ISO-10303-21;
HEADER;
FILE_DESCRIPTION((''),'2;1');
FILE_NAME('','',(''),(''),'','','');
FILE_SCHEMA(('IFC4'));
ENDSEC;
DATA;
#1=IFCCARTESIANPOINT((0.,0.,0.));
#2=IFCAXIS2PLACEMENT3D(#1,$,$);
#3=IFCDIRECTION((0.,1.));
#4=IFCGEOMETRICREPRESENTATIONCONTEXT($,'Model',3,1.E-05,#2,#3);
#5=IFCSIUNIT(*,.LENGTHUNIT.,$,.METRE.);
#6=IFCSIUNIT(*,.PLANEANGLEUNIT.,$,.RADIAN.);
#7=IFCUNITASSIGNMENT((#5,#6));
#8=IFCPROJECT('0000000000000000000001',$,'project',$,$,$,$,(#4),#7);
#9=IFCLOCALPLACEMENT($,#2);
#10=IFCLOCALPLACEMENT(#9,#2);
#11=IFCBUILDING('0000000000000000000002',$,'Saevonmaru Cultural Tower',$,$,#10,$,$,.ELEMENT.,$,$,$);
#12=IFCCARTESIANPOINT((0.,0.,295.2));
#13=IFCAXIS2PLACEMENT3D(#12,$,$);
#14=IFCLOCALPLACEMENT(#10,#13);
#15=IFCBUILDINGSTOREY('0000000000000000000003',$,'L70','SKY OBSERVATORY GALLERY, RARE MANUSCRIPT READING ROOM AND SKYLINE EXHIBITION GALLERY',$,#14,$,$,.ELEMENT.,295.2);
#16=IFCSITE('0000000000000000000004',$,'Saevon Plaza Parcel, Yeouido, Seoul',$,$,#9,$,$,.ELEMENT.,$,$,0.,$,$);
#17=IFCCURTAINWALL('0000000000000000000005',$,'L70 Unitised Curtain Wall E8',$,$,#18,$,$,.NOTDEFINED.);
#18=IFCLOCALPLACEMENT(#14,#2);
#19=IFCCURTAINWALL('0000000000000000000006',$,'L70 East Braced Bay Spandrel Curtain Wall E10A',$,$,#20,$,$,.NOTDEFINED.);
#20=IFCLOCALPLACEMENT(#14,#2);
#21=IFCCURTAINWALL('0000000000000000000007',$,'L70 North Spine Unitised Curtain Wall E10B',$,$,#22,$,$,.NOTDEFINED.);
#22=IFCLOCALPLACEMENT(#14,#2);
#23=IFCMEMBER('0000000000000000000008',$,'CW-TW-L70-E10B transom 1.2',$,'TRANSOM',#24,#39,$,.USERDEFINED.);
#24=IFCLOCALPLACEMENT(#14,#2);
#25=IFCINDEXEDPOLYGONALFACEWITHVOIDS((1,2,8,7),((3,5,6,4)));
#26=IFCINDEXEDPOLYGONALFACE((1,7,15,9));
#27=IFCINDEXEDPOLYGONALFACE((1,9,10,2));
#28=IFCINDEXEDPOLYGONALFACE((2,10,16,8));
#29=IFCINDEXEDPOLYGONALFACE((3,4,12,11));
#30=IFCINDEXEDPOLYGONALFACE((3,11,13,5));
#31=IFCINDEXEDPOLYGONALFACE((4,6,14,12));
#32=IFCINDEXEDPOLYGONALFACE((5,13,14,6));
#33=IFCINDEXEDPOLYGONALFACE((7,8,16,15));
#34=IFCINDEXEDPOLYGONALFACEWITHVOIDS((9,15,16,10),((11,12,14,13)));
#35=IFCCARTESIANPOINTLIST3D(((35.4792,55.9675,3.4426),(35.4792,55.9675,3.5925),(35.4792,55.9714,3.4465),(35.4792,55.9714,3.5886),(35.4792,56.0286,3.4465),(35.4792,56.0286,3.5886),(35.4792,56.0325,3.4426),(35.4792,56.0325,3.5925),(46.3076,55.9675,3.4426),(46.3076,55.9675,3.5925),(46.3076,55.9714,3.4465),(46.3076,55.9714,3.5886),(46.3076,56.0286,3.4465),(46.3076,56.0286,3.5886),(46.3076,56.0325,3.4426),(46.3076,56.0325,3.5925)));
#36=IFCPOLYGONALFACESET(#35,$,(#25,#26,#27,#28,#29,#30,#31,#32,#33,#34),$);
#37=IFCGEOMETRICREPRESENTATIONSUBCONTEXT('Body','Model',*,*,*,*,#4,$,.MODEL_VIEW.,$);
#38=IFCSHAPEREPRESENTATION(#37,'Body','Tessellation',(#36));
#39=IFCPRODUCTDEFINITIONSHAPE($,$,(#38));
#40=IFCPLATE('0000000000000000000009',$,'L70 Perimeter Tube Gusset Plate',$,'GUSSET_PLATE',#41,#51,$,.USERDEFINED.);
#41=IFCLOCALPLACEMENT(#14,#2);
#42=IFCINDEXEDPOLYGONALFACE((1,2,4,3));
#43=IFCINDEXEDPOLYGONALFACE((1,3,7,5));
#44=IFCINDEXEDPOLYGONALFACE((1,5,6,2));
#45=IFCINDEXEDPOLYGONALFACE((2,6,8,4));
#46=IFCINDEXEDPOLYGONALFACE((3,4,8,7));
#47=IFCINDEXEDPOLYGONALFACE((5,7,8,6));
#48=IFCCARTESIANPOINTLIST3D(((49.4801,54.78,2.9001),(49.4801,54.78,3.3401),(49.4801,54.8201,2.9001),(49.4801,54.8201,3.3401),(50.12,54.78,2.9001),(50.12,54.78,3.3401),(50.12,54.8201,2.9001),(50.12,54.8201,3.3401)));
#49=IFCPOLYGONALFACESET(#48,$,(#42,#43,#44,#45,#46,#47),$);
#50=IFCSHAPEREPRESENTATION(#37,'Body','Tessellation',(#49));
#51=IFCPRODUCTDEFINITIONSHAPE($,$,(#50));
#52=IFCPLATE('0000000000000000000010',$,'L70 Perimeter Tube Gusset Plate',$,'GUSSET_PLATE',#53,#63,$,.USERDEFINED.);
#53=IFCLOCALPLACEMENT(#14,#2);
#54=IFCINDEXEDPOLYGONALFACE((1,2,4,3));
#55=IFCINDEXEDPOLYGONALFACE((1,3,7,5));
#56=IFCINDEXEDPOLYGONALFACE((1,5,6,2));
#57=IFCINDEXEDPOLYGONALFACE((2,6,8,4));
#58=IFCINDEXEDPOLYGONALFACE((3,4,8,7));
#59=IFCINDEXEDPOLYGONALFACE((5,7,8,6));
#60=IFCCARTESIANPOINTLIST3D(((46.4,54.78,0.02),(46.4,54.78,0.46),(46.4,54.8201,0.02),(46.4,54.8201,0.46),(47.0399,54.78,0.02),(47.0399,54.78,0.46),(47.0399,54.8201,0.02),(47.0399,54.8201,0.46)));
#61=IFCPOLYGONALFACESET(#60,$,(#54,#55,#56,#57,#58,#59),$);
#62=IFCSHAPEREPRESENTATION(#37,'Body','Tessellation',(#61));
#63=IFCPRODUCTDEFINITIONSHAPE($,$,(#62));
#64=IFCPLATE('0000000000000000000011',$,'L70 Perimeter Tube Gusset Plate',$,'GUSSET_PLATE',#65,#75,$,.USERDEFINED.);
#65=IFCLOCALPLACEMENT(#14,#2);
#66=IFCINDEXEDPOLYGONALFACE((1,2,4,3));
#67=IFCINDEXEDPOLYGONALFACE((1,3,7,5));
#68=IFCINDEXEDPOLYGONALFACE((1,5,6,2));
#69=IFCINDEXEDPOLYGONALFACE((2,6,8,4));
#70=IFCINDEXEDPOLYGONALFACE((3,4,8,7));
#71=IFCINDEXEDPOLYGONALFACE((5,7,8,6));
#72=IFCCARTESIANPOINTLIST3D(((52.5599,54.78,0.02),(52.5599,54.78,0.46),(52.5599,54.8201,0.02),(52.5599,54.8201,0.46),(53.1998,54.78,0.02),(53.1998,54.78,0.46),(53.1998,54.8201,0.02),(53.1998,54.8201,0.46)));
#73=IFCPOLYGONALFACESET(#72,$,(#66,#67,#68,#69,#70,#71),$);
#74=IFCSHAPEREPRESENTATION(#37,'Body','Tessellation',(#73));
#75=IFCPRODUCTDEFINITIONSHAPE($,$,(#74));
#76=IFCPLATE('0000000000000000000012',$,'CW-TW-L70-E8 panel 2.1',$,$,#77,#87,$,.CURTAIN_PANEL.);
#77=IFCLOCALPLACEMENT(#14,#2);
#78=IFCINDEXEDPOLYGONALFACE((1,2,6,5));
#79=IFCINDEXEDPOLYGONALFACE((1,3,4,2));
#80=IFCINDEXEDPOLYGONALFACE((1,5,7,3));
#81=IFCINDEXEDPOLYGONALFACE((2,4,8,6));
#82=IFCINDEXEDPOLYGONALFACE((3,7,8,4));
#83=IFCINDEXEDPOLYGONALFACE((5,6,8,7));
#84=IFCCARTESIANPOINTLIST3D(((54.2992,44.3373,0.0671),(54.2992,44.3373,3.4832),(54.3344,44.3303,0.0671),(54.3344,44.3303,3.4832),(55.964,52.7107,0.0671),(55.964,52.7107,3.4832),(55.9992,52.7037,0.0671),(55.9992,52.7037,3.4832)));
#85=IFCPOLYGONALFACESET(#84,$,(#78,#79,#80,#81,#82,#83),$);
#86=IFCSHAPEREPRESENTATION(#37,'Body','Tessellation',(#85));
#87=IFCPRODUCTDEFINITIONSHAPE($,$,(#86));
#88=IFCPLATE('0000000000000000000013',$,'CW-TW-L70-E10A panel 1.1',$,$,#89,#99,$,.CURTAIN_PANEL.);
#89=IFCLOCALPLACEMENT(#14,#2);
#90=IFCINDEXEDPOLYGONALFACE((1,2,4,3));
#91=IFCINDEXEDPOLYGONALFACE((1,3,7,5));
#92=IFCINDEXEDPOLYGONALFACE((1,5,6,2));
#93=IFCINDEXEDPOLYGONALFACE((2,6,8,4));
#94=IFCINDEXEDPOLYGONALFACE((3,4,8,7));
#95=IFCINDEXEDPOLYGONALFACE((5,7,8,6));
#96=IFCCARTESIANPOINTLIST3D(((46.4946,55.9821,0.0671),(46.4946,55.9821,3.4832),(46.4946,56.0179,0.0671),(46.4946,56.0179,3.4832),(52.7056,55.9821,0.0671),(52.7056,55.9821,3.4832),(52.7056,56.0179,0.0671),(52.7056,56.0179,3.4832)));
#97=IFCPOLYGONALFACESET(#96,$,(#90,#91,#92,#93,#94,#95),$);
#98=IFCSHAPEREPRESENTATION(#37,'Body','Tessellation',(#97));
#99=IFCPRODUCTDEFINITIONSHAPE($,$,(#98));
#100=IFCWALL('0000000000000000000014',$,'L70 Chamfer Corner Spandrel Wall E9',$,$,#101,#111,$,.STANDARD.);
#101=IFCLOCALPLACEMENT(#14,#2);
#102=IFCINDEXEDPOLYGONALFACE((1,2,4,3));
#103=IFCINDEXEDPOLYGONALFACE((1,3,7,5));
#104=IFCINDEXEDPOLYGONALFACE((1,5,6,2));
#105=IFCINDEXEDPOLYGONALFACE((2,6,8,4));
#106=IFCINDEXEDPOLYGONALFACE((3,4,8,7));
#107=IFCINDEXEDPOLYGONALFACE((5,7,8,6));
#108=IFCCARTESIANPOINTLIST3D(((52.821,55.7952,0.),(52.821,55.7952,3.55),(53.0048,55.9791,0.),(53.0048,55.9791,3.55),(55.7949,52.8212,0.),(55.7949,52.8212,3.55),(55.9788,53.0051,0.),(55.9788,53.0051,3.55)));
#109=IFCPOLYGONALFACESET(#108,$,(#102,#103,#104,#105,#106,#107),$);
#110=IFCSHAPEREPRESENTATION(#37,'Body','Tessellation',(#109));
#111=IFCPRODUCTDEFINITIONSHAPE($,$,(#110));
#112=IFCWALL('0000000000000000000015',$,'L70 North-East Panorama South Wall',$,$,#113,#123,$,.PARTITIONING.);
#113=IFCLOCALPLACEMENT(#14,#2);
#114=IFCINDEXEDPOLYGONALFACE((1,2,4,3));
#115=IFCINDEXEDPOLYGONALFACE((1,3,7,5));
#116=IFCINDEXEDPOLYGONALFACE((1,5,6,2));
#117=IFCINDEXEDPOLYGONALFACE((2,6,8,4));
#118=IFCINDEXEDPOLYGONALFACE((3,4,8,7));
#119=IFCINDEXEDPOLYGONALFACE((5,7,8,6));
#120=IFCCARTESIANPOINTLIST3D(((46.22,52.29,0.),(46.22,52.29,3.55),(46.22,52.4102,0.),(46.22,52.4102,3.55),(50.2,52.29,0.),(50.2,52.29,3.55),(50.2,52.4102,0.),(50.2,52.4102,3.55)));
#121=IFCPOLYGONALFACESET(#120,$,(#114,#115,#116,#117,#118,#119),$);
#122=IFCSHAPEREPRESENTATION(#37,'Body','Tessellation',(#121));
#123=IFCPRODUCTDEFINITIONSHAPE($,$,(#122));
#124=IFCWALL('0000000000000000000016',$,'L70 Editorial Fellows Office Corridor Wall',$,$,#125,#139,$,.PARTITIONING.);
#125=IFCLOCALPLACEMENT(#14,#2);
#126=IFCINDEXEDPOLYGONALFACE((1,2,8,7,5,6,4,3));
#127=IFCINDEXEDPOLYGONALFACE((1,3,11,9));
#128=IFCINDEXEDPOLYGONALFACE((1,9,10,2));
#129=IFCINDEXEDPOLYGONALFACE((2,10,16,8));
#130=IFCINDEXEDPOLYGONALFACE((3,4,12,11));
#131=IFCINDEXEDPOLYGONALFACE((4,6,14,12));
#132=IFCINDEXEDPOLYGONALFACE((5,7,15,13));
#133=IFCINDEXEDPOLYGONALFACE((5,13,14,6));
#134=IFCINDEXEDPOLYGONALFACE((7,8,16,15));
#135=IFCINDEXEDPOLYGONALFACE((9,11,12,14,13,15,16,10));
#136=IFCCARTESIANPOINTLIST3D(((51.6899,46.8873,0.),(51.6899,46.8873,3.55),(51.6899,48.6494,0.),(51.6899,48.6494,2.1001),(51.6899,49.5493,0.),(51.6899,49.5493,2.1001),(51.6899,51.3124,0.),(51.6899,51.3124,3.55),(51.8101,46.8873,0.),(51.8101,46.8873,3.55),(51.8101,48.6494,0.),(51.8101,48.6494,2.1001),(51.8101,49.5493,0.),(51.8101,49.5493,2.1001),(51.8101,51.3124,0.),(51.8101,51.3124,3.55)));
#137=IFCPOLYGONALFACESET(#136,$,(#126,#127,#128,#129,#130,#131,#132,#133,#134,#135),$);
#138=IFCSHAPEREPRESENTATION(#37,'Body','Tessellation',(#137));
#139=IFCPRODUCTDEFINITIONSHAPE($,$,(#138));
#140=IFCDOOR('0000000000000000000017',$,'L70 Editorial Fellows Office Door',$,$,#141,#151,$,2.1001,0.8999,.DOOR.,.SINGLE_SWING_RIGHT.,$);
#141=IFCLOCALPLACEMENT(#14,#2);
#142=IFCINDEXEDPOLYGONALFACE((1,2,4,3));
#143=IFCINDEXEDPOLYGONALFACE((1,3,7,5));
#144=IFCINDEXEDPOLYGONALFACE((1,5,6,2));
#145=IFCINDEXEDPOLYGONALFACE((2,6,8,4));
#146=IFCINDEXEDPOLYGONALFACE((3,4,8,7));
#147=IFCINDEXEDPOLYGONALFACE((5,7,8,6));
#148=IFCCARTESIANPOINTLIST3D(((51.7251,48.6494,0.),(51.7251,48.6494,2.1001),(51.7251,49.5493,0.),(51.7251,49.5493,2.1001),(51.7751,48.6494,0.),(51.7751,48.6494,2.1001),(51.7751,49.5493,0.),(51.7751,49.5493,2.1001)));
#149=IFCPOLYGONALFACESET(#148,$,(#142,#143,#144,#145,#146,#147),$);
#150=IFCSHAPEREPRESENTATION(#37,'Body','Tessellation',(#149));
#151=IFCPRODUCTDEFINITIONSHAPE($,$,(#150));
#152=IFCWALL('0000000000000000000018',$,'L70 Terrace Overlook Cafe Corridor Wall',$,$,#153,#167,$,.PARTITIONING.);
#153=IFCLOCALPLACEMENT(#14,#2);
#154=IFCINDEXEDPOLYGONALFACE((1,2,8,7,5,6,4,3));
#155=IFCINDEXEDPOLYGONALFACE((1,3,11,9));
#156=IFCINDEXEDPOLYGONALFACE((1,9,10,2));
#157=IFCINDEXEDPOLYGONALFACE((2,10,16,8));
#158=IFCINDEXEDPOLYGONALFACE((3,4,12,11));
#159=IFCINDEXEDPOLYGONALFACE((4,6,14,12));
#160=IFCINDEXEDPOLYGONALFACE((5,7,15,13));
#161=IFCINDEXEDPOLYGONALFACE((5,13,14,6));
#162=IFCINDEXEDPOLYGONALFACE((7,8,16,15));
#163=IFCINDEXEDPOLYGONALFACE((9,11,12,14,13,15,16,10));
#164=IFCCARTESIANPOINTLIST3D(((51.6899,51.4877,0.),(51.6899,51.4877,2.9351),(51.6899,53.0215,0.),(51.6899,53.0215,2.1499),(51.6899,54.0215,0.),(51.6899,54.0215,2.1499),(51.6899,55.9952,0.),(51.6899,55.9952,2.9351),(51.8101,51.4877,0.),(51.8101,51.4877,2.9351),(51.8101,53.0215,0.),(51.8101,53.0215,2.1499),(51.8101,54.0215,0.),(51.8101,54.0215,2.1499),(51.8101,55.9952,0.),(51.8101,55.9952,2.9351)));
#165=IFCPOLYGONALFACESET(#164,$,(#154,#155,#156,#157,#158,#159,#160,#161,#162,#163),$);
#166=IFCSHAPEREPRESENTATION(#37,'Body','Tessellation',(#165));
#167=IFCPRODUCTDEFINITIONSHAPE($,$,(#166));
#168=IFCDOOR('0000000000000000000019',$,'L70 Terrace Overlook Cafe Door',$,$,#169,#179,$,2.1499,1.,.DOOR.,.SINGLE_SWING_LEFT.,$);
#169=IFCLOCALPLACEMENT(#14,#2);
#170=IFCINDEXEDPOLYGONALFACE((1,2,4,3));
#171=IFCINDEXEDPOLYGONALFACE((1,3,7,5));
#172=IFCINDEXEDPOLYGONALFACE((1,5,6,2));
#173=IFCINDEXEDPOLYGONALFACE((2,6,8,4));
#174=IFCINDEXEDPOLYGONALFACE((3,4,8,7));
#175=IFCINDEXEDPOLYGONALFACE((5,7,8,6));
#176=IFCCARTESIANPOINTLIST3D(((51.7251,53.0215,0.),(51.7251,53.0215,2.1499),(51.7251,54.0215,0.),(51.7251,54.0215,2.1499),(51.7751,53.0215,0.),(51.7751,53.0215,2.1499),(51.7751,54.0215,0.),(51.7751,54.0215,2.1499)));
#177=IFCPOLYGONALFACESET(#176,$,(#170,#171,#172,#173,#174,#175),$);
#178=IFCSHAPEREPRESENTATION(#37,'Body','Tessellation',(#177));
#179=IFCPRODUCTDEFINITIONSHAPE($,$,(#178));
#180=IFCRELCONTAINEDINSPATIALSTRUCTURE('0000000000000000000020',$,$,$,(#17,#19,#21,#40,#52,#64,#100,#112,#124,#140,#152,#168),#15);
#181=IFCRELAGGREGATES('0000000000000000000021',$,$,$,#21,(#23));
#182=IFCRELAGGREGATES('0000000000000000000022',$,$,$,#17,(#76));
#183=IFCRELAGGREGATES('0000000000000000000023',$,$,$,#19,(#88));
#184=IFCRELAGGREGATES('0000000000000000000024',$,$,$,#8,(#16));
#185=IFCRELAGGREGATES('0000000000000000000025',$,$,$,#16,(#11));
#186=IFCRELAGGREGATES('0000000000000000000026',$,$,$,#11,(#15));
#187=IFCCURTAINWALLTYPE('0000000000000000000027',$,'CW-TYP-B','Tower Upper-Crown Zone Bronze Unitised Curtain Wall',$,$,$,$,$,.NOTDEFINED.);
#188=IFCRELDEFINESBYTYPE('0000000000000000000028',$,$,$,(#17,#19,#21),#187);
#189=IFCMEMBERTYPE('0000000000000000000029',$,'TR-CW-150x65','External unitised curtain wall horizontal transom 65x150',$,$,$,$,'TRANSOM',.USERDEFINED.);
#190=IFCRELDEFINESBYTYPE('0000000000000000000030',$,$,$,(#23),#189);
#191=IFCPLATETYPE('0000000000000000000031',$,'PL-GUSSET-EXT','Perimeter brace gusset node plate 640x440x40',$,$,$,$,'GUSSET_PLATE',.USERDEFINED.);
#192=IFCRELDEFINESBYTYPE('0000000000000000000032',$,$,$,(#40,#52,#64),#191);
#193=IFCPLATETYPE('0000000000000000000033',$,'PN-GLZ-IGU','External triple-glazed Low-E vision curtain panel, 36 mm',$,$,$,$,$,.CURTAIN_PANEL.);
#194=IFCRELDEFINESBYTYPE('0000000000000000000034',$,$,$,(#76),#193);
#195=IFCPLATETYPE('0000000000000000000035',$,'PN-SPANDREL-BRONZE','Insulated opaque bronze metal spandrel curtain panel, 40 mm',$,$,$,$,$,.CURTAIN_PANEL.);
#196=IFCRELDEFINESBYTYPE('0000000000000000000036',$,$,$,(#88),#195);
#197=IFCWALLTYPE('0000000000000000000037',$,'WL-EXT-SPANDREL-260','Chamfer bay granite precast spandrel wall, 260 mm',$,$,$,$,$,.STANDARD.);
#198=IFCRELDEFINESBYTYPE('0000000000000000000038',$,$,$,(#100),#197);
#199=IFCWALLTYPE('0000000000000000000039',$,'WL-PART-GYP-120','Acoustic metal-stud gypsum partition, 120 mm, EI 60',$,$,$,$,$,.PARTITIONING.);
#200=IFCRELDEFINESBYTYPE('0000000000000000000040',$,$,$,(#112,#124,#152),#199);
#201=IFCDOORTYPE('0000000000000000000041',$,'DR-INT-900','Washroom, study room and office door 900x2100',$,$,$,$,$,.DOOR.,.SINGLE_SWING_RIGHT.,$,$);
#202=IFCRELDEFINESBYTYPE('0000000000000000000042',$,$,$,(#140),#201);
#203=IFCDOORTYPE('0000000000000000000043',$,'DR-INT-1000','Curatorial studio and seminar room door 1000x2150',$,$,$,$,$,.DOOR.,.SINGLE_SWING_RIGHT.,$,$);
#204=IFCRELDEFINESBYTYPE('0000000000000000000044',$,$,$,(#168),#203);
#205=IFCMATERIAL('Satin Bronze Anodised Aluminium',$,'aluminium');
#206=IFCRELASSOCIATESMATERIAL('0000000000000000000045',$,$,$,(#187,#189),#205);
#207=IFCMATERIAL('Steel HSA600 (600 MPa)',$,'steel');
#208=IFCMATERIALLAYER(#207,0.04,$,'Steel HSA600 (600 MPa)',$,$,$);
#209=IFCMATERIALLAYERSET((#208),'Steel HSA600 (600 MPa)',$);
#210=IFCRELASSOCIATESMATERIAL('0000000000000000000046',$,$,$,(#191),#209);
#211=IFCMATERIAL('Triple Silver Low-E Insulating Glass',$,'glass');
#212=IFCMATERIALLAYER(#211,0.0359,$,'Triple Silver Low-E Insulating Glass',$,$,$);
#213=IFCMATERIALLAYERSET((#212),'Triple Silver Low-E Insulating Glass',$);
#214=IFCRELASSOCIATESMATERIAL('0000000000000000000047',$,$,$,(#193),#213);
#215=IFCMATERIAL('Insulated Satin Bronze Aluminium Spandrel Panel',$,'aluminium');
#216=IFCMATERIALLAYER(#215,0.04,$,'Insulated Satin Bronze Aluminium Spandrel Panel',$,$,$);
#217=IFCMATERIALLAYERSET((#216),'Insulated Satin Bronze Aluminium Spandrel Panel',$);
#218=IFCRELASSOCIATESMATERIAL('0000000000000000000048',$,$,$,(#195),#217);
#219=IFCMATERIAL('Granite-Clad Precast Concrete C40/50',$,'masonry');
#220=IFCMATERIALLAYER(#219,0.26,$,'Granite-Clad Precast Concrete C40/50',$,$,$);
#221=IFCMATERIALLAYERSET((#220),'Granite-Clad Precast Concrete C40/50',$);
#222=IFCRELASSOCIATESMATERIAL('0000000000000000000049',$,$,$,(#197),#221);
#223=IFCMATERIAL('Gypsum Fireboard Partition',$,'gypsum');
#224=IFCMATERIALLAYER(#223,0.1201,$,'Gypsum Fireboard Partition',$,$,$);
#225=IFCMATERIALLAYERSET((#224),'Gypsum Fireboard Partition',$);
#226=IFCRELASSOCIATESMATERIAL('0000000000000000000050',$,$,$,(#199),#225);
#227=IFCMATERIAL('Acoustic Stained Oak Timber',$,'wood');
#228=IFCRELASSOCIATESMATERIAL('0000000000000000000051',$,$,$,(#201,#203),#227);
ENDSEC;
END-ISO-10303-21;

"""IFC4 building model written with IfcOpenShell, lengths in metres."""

from ifc_helpers import new_model, si_unit, direction, frame, frame_2d, origin, origin_2d, place, context, subcontext, project, spatial, rectangle, hollow_rectangle, extrude, material, layer, layer_set, material_profile, profile_set, type_object, element, fill, aggregate, save


model = new_model("IFC4")

# Units and contexts
model_context = context("Model", 3, precision=1e-05, world=origin(), true_north=direction((0.0, 1.0)))
body_context = subcontext(model_context, "Body", "Model", "MODEL_VIEW")
ifc_project = project(units=[si_unit("LENGTHUNIT", "METRE"), si_unit("PLANEANGLEUNIT", "RADIAN")], contexts=[model_context])

# Site, building, storey
site_placement = place(None, origin())
site = spatial("IfcSite", under=ifc_project, at=site_placement, Name="Saevon Plaza Parcel, Yeouido, Seoul", CompositionType="ELEMENT", RefElevation=0.0)
building_placement = place(site_placement, origin())
building = spatial("IfcBuilding", under=site, at=building_placement, Name="Saevonmaru Cultural Tower", CompositionType="ELEMENT")
storey_placement = place(building_placement, frame((0.0, 0.0, 295.2)))
storey = spatial("IfcBuildingStorey", under=building, at=storey_placement, Name="L70", Description="SKY OBSERVATORY GALLERY, RARE MANUSCRIPT READING ROOM AND SKYLINE EXHIBITION GALLERY", CompositionType="ELEMENT", Elevation=295.2)

# Curtain wall
ifc_material_1 = material(Name="Satin Bronze Anodised Aluminium", Category="aluminium")
curtain_wall_type = type_object("IfcCurtainWallType", Name="CW-TYP-B", Description="Tower Upper-Crown Zone Bronze Unitised Curtain Wall", PredefinedType="NOTDEFINED", material=ifc_material_1)
curtain_wall_1_placement = place(storey_placement, origin())
curtain_wall_1 = element("IfcCurtainWall", 1, at=curtain_wall_1_placement, inside=storey, type_object=curtain_wall_type, Name="L70 Unitised Curtain Wall E8", PredefinedType="NOTDEFINED")

# Curtain wall
curtain_wall_2_placement = place(storey_placement, origin())
curtain_wall_2 = element("IfcCurtainWall", 2, at=curtain_wall_2_placement, inside=storey, type_object=curtain_wall_type, Name="L70 East Braced Bay Spandrel Curtain Wall E10A", PredefinedType="NOTDEFINED")

# Curtain wall
curtain_wall_3_placement = place(storey_placement, origin())
curtain_wall_3 = element("IfcCurtainWall", 3, at=curtain_wall_3_placement, inside=storey, type_object=curtain_wall_type, Name="L70 North Spine Unitised Curtain Wall E10B", PredefinedType="NOTDEFINED")

# Member
ifc_material_profile_1 = material_profile(ifc_material_1, hollow_rectangle(XDim=0.0649, YDim=0.1499, WallThickness=0.0039, at=origin_2d()), Name="ALU-TRAN-150x65x4")
ifc_profile_set_1 = profile_set([ifc_material_profile_1], Name="Satin Bronze Anodised Aluminium")
member_type_1 = type_object("IfcMemberType", Name="TR-CW-150x65", Description="External unitised curtain wall horizontal transom 65x150", ElementType="TRANSOM", PredefinedType="USERDEFINED", material=ifc_profile_set_1)
member_1_placement = place(storey_placement, frame((46.3076, 56.0, 3.5176), z_axis=(-1.0, 0.0, 0.0), x_axis=(0.0, -1.0, 0.0)))
member_1 = element("IfcMember", 4, at=member_1_placement, type_object=member_type_1, Name="CW-TW-L70-E10B transom 1.2", ObjectType="TRANSOM", PredefinedType="USERDEFINED", context=body_context, shape_type="SweptSolid", body=[
    extrude(hollow_rectangle(XDim=0.0649, YDim=0.1499, WallThickness=0.0039, at=origin_2d()), origin(), (0.0, 0.0, 1.0), 10.8284),
])
aggregate(curtain_wall_3, [member_1])

# Plates
ifc_material_2 = material(Name="Steel HSA600 (600 MPa)", Category="steel")
ifc_layer_1 = layer(ifc_material_2, 0.04, Name="Steel HSA600 (600 MPa)")
ifc_layer_set_1 = layer_set([ifc_layer_1], Name="Steel HSA600 (600 MPa)")
plate_type_1 = type_object("IfcPlateType", Name="PL-GUSSET-EXT", Description="Perimeter brace gusset node plate 640x440x40", ElementType="GUSSET_PLATE", PredefinedType="USERDEFINED", material=ifc_layer_set_1)
for number, where, z_axis, x_axis, name in (
    (5, (49.8, 54.8, 2.9001), (0.0, 0.0, 1.0), (1.0, 0.0, 0.0), "L70 Perimeter Tube Gusset Plate"),
    (6, (46.72, 54.8, 0.02), (0.0, 0.0, 1.0), (1.0, 0.0, 0.0), "L70 Perimeter Tube Gusset Plate"),
    (7, (52.8799, 54.8, 0.02), (0.0, 0.0, 1.0), (1.0, 0.0, 0.0), "L70 Perimeter Tube Gusset Plate"),
):
    element("IfcPlate", number, at=place(storey_placement, frame(where, z_axis=z_axis, x_axis=x_axis)), inside=storey, type_object=plate_type_1, Name=name, ObjectType="GUSSET_PLATE", PredefinedType="USERDEFINED", context=body_context, shape_type="SweptSolid", body=[
        extrude(rectangle(XDim=0.6399, YDim=0.04, at=origin_2d()), origin(), (0.0, 0.0, 1.0), 0.4399),
    ])

# Plates
ifc_material_3 = material(Name="Triple Silver Low-E Insulating Glass", Category="glass")
ifc_layer_2 = layer(ifc_material_3, 0.0359, Name="Triple Silver Low-E Insulating Glass")
ifc_layer_set_2 = layer_set([ifc_layer_2], Name="Triple Silver Low-E Insulating Glass")
plate_type_2 = type_object("IfcPlateType", Name="PN-GLZ-IGU", Description="External triple-glazed Low-E vision curtain panel, 36 mm", PredefinedType="CURTAIN_PANEL", material=ifc_layer_set_2)
plate_1_placement = place(storey_placement, frame((55.1492, 48.5205, 0.0671), z_axis=(0.0, 0.0, 1.0), x_axis=(0.195005, 0.980802, 0.0)))
plate_1 = element("IfcPlate", 8, at=plate_1_placement, type_object=plate_type_2, Name="CW-TW-L70-E8 panel 2.1", PredefinedType="CURTAIN_PANEL", context=body_context, shape_type="SweptSolid", body=[
    extrude(rectangle(XDim=8.5374, YDim=0.0359, at=origin_2d()), origin(), (0.0, 0.0, 1.0), 3.416),
])
aggregate(curtain_wall_1, [plate_1])
ifc_material_4 = material(Name="Insulated Satin Bronze Aluminium Spandrel Panel", Category="aluminium")
ifc_layer_3 = layer(ifc_material_4, 0.04, Name="Insulated Satin Bronze Aluminium Spandrel Panel")
ifc_layer_set_3 = layer_set([ifc_layer_3], Name="Insulated Satin Bronze Aluminium Spandrel Panel")
plate_type_3 = type_object("IfcPlateType", Name="PN-SPANDREL-BRONZE", Description="Insulated opaque bronze metal spandrel curtain panel, 40 mm", PredefinedType="CURTAIN_PANEL", material=ifc_layer_set_3)
plate_2_placement = place(storey_placement, frame((49.6001, 56.0, 0.0671), z_axis=(0.0, 0.0, 1.0), x_axis=(-1.0, 0.0, 0.0)))
plate_2 = element("IfcPlate", 9, at=plate_2_placement, type_object=plate_type_3, Name="CW-TW-L70-E10A panel 1.1", PredefinedType="CURTAIN_PANEL", context=body_context, shape_type="SweptSolid", body=[
    extrude(rectangle(XDim=6.2109, YDim=0.0359, at=origin_2d()), origin(), (0.0, 0.0, 1.0), 3.416),
])
aggregate(curtain_wall_2, [plate_2])

# Wall
ifc_material_5 = material(Name="Granite-Clad Precast Concrete C40/50", Category="masonry")
ifc_layer_4 = layer(ifc_material_5, 0.26, Name="Granite-Clad Precast Concrete C40/50")
ifc_layer_set_4 = layer_set([ifc_layer_4], Name="Granite-Clad Precast Concrete C40/50")
wall_type_1 = type_object("IfcWallType", Name="WL-EXT-SPANDREL-260", Description="Chamfer bay granite precast spandrel wall, 260 mm", PredefinedType="STANDARD", material=ifc_layer_set_4)
wall_1_placement = place(storey_placement, frame((55.887, 52.9131, 0.0), z_axis=(0.0, 0.0, 1.0), x_axis=(-0.707107, 0.707107, 0.0)))
element("IfcWall", 10, at=wall_1_placement, inside=storey, type_object=wall_type_1, Name="L70 Chamfer Corner Spandrel Wall E9", PredefinedType="STANDARD", context=body_context, shape_type="SweptSolid", body=[
    extrude(rectangle(XDim=4.2058, YDim=0.26, at=frame_2d((2.103, 0.0))), origin(), (0.0, 0.0, 1.0), 3.55),
])

# Shared definitions
ifc_material_6 = material(Name="Gypsum Fireboard Partition", Category="gypsum")

# Wall
ifc_layer_5 = layer(ifc_material_6, 0.1201, Name="Gypsum Fireboard Partition")
ifc_layer_set_5 = layer_set([ifc_layer_5], Name="Gypsum Fireboard Partition")
wall_type_2 = type_object("IfcWallType", Name="WL-PART-GYP-120", Description="Acoustic metal-stud gypsum partition, 120 mm, EI 60", PredefinedType="PARTITIONING", material=ifc_layer_set_5)
wall_2_placement = place(storey_placement, frame((46.22, 52.3501, 0.0), z_axis=(0.0, 0.0, 1.0), x_axis=(1.0, 0.0, 0.0)))
element("IfcWall", 11, at=wall_2_placement, inside=storey, type_object=wall_type_2, Name="L70 North-East Panorama South Wall", PredefinedType="PARTITIONING", context=body_context, shape_type="SweptSolid", body=[
    extrude(rectangle(XDim=3.98, YDim=0.1201, at=frame_2d((1.99, 0.0))), origin(), (0.0, 0.0, 1.0), 3.55),
])

# Walls, openings, doors
wall_3_placement = place(storey_placement, frame((51.75, 46.8875, 0.0), z_axis=(0.0, 0.0, 1.0), x_axis=(0.0, 1.0, 0.0)))
wall_3 = element("IfcWall", 12, at=wall_3_placement, inside=storey, type_object=wall_type_2, Name="L70 Editorial Fellows Office Corridor Wall", PredefinedType="PARTITIONING", context=body_context, shape_type="SweptSolid", body=[
    extrude(rectangle(XDim=4.425, YDim=0.1201, at=frame_2d((2.2124, 0.0))), origin(), (0.0, 0.0, 1.0), 3.55),
])
opening_1_placement = place(wall_3_placement, frame((1.762, 0.0, 0.0)))
opening_1 = element("IfcOpeningElement", 13, at=opening_1_placement, cuts=wall_3, PredefinedType="OPENING", context=body_context, shape_type="SweptSolid", body=[
    extrude(rectangle(XDim=0.8999, YDim=2.1001, at=frame_2d((0.45, 1.05))), frame((0.0, 0.0701, 0.0), z_axis=(0.0, -1.0, 0.0), x_axis=(1.0, 0.0, 0.0)), (0.0, 0.0, 1.0), 0.1401),
])
ifc_material_7 = material(Name="Acoustic Stained Oak Timber", Category="wood")
door_type_1 = type_object("IfcDoorType", Name="DR-INT-900", Description="Washroom, study room and office door 900x2100", OperationType="SINGLE_SWING_RIGHT", PredefinedType="DOOR", material=ifc_material_7)
door_1_placement = place(opening_1_placement, origin())
door_1 = element("IfcDoor", 14, at=door_1_placement, inside=storey, type_object=door_type_1, Name="L70 Editorial Fellows Office Door", OperationType="SINGLE_SWING_RIGHT", OverallHeight=2.1001, OverallWidth=0.8999, PredefinedType="DOOR", context=body_context, shape_type="SweptSolid", body=[
    extrude(rectangle(XDim=0.8999, YDim=2.1001, at=frame_2d((0.45, 1.05))), frame((0.0, 0.0249, 0.0), z_axis=(0.0, -1.0, 0.0), x_axis=(1.0, 0.0, 0.0)), (0.0, 0.0, 1.0), 0.05),
])
fill(opening_1, door_1)
wall_4_placement = place(storey_placement, frame((51.75, 51.4875, 0.0), z_axis=(0.0, 0.0, 1.0), x_axis=(0.0, 1.0, 0.0)))
wall_4 = element("IfcWall", 15, at=wall_4_placement, inside=storey, type_object=wall_type_2, Name="L70 Terrace Overlook Cafe Corridor Wall", PredefinedType="PARTITIONING", context=body_context, shape_type="SweptSolid", body=[
    extrude(rectangle(XDim=4.5076, YDim=0.1201, at=frame_2d((2.2539, 0.0))), origin(), (0.0, 0.0, 1.0), 2.9351),
])
opening_2_placement = place(wall_4_placement, frame((1.5339, 0.0, 0.0)))
opening_2 = element("IfcOpeningElement", 16, at=opening_2_placement, cuts=wall_4, PredefinedType="OPENING", context=body_context, shape_type="SweptSolid", body=[
    extrude(rectangle(XDim=1.0, YDim=2.1499, at=frame_2d((0.5, 1.075))), frame((0.0, 0.0701, 0.0), z_axis=(0.0, -1.0, 0.0), x_axis=(1.0, 0.0, 0.0)), (0.0, 0.0, 1.0), 0.1401),
])
door_type_2 = type_object("IfcDoorType", Name="DR-INT-1000", Description="Curatorial studio and seminar room door 1000x2150", OperationType="SINGLE_SWING_RIGHT", PredefinedType="DOOR", material=ifc_material_7)
door_2_placement = place(opening_2_placement, origin())
door_2 = element("IfcDoor", 17, at=door_2_placement, inside=storey, type_object=door_type_2, Name="L70 Terrace Overlook Cafe Door", OperationType="SINGLE_SWING_LEFT", OverallHeight=2.1499, OverallWidth=1.0, PredefinedType="DOOR", context=body_context, shape_type="SweptSolid", body=[
    extrude(rectangle(XDim=1.0, YDim=2.1499, at=frame_2d((0.5, 1.075))), frame((0.0, 0.0249, 0.0), z_axis=(0.0, -1.0, 0.0), x_axis=(1.0, 0.0, 0.0)), (0.0, 0.0, 1.0), 0.05),
])
fill(opening_2, door_2)

save(model, "model.ifc")
